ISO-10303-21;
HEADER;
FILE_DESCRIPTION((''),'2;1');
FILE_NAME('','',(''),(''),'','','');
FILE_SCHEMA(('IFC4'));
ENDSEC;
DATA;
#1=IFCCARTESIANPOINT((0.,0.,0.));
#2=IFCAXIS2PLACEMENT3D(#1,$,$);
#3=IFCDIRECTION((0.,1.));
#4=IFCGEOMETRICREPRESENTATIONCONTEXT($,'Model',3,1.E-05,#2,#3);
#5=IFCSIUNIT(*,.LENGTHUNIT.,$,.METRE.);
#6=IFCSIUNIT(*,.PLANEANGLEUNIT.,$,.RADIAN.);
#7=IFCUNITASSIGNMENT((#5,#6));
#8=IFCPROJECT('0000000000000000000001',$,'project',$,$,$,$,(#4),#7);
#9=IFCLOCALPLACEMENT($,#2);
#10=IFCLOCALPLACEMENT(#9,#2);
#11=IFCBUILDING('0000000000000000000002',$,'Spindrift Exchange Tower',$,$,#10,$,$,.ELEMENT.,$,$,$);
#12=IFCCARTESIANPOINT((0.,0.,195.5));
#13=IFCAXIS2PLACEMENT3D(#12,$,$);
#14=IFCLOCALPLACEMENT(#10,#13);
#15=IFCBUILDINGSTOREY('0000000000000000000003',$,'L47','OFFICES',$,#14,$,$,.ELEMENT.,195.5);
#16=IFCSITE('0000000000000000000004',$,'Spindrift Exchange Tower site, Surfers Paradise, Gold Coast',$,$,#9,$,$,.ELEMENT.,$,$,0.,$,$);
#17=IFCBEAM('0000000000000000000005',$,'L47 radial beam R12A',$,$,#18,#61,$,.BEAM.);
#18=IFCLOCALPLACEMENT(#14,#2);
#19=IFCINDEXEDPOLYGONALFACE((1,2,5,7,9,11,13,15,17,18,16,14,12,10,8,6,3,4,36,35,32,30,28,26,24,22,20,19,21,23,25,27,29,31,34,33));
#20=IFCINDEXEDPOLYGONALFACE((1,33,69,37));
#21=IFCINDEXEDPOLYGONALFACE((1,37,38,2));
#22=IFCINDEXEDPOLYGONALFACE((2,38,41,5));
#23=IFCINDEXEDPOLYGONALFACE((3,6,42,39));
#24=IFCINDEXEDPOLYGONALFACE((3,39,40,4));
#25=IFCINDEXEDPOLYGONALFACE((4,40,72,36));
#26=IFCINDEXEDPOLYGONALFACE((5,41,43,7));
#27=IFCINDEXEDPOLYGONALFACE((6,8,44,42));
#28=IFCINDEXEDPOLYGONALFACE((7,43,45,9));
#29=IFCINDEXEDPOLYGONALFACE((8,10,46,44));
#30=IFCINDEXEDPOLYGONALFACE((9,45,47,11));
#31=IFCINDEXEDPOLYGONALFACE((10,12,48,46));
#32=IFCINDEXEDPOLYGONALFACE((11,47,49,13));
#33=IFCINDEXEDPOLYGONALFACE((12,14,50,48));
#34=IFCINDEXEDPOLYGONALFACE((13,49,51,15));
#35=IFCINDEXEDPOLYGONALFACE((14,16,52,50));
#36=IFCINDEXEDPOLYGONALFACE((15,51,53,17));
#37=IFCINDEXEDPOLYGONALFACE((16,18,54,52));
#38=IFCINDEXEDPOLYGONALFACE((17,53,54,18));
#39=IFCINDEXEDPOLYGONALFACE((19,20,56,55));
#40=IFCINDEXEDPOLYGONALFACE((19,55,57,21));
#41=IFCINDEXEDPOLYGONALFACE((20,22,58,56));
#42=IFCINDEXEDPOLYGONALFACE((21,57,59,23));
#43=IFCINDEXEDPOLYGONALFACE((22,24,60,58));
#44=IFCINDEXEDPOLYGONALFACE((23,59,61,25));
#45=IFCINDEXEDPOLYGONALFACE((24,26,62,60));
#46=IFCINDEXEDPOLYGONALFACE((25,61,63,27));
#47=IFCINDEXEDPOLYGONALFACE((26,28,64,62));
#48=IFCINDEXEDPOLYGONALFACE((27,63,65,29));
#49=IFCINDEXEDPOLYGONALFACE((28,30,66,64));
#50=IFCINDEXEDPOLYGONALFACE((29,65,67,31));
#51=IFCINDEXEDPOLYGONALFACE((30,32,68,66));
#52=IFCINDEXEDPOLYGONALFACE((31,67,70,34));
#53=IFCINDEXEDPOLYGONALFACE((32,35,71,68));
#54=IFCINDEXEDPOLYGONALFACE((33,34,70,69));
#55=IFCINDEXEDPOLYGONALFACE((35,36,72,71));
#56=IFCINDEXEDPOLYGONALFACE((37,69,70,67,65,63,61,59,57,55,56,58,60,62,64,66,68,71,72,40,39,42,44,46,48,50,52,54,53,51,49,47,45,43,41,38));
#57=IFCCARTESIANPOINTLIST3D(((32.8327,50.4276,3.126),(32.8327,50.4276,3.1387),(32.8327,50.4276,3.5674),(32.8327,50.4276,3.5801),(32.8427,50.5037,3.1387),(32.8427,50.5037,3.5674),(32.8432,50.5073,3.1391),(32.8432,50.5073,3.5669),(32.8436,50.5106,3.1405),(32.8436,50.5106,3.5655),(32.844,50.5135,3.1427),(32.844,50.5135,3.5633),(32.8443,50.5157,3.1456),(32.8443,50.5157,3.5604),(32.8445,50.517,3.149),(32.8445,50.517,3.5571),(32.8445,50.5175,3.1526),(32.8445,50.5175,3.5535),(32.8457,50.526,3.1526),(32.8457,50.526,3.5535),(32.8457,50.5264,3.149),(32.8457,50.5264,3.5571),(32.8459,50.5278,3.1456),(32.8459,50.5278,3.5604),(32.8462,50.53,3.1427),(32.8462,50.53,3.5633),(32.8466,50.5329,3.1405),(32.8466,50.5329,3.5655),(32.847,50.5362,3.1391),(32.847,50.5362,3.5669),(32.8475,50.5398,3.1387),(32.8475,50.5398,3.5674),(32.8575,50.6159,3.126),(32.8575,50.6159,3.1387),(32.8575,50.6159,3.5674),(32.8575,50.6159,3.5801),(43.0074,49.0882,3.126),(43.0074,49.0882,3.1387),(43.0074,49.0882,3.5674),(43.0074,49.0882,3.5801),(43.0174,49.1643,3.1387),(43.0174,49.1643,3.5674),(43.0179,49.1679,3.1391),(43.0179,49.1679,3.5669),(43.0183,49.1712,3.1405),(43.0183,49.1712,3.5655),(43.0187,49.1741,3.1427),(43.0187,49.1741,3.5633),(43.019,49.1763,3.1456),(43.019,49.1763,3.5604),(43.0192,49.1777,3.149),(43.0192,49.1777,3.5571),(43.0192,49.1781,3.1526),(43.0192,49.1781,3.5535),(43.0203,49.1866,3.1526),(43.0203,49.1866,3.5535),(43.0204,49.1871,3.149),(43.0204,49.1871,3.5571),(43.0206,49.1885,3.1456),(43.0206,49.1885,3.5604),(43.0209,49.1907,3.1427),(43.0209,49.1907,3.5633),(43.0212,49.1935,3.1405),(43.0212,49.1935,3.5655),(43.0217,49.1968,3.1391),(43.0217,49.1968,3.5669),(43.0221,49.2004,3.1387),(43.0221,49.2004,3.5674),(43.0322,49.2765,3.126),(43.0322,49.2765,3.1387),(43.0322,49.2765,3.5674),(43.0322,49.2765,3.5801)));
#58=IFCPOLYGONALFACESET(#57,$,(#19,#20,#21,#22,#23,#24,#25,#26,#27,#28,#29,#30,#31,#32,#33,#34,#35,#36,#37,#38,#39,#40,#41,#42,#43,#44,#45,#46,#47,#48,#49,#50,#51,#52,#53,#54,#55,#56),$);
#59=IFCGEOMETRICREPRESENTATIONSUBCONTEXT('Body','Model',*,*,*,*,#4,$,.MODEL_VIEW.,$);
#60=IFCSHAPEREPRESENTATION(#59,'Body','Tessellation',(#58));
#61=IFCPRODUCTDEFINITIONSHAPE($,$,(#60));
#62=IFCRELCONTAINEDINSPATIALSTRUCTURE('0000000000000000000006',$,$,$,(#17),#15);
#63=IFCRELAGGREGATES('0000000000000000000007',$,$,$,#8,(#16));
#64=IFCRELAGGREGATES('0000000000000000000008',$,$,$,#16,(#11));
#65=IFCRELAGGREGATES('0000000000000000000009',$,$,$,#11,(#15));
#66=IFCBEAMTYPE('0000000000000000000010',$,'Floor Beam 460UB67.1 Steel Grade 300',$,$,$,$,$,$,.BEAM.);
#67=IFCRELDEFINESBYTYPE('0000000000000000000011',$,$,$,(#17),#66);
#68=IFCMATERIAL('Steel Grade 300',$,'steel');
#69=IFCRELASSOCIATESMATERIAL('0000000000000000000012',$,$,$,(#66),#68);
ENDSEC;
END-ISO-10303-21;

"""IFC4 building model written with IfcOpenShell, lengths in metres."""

from ifc_helpers import new_model, si_unit, direction, frame, origin, origin_2d, place, context, subcontext, project, spatial, i_section, extrude, source, transform, mapped, material, material_profile, profile_set, type_object, element, save


model = new_model("IFC4")

# Units and contexts
model_context = context("Model", 3, precision=1e-05, world=origin(), true_north=direction((0.0, 1.0)))
body_context = subcontext(model_context, "Body", "Model", "MODEL_VIEW")
ifc_project = project(units=[si_unit("LENGTHUNIT", "METRE"), si_unit("PLANEANGLEUNIT", "RADIAN")], contexts=[model_context])

# Site, building, storey
site_placement = place(None, origin())
site = spatial("IfcSite", under=ifc_project, at=site_placement, Name="Spindrift Exchange Tower site, Surfers Paradise, Gold Coast", CompositionType="ELEMENT", RefElevation=0.0)
building_placement = place(site_placement, origin())
building = spatial("IfcBuilding", under=site, at=building_placement, Name="Spindrift Exchange Tower", CompositionType="ELEMENT")
storey_placement = place(building_placement, frame((0.0, 0.0, 195.5)))
storey = spatial("IfcBuildingStorey", under=building, at=storey_placement, Name="L47", Description="OFFICES", CompositionType="ELEMENT", Elevation=195.5)

# Beam
ifc_material_1 = material(Name="Steel Grade 300", Category="steel")
ifc_material_profile_1 = material_profile(ifc_material_1, i_section(OverallWidth=0.1899, OverallDepth=0.4541, WebThickness=0.0085, FlangeThickness=0.0127, FilletRadius=0.0139, at=origin_2d()), Name="460UB67.1")
ifc_profile_set_1 = profile_set([ifc_material_profile_1], Name="Steel Grade 300")
beam_type_1 = type_object("IfcBeamType", Name="Floor Beam 460UB67.1 Steel Grade 300", PredefinedType="BEAM", material=ifc_profile_set_1)
shared_shape_1 = source(origin(), body_context, "Body", "SweptSolid", [
    extrude(i_section(OverallWidth=0.1899, OverallDepth=0.4541, WebThickness=0.0085, FlangeThickness=0.0127, FilletRadius=0.0139, at=origin_2d()), origin(), (0.0, 0.0, 1.0), 10.2625),
])
beam_1_placement = place(storey_placement, frame((43.0198, 49.1824, 3.353), z_axis=(-0.991447, 0.130512, 0.0), x_axis=(-0.130512, -0.991447, 0.0)))
element("IfcBeam", 1, at=beam_1_placement, inside=storey, type_object=beam_type_1, Name="L47 radial beam R12A", PredefinedType="BEAM", context=body_context, shape_type="MappedRepresentation", body=[
    mapped(shared_shape_1, transform((0.0, 0.0, 0.0), scale=1.0)),
])

save(model, "model.ifc")
